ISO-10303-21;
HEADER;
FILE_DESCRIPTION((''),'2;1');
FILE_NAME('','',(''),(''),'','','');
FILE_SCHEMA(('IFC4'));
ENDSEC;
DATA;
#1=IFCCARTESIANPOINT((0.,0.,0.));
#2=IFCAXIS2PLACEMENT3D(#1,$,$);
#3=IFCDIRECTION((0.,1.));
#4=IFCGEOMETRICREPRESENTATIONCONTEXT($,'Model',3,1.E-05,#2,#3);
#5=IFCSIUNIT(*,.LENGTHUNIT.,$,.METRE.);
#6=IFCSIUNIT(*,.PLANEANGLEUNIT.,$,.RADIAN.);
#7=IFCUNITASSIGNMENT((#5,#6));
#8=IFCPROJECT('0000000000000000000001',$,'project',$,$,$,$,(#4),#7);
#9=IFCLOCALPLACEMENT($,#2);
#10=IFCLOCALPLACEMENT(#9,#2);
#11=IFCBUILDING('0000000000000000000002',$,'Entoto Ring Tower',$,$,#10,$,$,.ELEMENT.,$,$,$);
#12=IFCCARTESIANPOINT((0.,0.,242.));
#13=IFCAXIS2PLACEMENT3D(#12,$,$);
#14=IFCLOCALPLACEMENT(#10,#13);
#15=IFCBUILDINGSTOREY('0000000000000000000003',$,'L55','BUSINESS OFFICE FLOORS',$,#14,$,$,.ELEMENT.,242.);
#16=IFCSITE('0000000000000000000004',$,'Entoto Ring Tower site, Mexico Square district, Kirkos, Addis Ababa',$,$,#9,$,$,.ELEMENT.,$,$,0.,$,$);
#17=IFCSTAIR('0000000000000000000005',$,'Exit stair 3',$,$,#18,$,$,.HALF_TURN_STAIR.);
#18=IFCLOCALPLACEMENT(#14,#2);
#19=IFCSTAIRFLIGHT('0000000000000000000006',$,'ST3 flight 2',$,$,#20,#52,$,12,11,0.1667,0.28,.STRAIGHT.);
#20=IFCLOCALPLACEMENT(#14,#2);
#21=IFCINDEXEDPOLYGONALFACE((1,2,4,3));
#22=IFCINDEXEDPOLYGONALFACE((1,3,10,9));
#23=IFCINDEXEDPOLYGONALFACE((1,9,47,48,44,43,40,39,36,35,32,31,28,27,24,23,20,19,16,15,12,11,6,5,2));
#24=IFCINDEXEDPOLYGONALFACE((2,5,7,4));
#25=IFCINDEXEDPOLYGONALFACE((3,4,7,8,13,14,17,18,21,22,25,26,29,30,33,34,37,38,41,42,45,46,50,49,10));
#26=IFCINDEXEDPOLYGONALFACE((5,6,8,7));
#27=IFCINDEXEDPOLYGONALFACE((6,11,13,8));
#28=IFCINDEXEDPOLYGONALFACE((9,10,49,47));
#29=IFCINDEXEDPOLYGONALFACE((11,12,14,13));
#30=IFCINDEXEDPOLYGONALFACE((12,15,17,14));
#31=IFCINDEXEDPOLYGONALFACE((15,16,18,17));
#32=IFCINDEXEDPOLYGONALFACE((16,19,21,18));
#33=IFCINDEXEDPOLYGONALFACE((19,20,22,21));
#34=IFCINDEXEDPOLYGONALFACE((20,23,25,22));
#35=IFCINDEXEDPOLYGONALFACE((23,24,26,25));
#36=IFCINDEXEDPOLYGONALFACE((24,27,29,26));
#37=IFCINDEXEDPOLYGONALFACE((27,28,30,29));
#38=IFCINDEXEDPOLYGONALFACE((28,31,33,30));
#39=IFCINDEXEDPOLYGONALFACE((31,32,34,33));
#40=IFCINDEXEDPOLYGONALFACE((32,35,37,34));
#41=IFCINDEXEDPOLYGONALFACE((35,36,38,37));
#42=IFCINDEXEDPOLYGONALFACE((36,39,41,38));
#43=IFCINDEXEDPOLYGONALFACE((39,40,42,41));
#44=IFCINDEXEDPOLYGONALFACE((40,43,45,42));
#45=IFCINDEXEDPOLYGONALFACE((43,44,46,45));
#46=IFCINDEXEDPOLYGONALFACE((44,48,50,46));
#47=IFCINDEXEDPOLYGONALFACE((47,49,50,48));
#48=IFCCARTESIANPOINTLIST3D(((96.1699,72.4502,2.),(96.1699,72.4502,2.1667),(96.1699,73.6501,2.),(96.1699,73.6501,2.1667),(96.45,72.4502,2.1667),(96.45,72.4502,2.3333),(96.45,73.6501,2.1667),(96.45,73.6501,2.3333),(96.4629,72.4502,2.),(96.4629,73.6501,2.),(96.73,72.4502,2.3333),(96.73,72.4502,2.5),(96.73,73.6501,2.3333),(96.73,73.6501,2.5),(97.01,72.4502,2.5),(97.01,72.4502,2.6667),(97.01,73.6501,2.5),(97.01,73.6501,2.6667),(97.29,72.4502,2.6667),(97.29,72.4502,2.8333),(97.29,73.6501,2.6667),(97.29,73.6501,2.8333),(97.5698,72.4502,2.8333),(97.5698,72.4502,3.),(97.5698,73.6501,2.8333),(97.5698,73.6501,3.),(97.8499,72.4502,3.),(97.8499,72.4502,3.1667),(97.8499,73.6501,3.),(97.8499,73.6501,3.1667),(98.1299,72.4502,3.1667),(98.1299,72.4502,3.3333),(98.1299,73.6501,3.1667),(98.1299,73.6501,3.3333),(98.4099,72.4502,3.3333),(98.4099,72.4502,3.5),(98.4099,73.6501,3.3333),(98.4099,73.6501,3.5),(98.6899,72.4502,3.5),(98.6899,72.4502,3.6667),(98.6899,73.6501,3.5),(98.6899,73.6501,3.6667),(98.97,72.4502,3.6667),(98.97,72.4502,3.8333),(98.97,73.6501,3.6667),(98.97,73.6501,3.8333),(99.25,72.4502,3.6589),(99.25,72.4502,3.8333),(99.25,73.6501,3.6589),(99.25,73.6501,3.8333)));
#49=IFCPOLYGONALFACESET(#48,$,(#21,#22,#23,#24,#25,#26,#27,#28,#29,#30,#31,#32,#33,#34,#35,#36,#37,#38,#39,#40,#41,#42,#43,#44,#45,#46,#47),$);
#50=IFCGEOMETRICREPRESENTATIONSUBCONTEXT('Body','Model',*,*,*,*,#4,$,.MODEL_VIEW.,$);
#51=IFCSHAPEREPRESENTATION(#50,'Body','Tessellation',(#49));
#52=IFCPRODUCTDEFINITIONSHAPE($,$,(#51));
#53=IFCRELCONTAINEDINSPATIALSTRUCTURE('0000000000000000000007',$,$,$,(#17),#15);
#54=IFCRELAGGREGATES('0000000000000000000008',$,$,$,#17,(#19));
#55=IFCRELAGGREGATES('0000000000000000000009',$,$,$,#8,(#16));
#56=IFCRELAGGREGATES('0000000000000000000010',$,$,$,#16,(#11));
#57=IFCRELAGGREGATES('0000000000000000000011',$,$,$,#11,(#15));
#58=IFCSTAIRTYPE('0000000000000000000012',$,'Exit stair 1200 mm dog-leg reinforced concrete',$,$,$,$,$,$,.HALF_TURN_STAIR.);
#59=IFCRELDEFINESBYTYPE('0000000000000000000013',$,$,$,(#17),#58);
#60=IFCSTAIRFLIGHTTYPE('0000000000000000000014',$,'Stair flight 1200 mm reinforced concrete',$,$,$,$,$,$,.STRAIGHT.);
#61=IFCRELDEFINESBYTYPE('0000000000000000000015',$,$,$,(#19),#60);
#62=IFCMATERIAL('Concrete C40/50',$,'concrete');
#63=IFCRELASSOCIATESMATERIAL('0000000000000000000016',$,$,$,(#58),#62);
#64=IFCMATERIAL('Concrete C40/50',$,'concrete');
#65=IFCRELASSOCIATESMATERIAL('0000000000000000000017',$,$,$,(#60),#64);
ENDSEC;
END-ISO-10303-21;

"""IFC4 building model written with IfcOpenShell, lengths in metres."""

from ifc_helpers import new_model, si_unit, direction, frame, origin, place, context, subcontext, project, spatial, polyline, outline, extrude, material, type_object, element, aggregate, save


model = new_model("IFC4")

# Units and contexts
model_context = context("Model", 3, precision=1e-05, world=origin(), true_north=direction((0.0, 1.0)))
body_context = subcontext(model_context, "Body", "Model", "MODEL_VIEW")
ifc_project = project(units=[si_unit("LENGTHUNIT", "METRE"), si_unit("PLANEANGLEUNIT", "RADIAN")], contexts=[model_context])

# Site, building, storey
site_placement = place(None, origin())
site = spatial("IfcSite", under=ifc_project, at=site_placement, Name="Entoto Ring Tower site, Mexico Square district, Kirkos, Addis Ababa", CompositionType="ELEMENT", RefElevation=0.0)
building_placement = place(site_placement, origin())
building = spatial("IfcBuilding", under=site, at=building_placement, Name="Entoto Ring Tower", CompositionType="ELEMENT")
storey_placement = place(building_placement, frame((0.0, 0.0, 242.0)))
storey = spatial("IfcBuildingStorey", under=building, at=storey_placement, Name="L55", Description="BUSINESS OFFICE FLOORS", CompositionType="ELEMENT", Elevation=242.0)

# Stair, stair flight
ifc_material_1 = material(Name="Concrete C40/50", Category="concrete")
stair_type = type_object("IfcStairType", Name="Exit stair 1200 mm dog-leg reinforced concrete", PredefinedType="HALF_TURN_STAIR", material=ifc_material_1)
stair_placement = place(storey_placement, origin())
stair = element("IfcStair", 1, at=stair_placement, inside=storey, type_object=stair_type, Name="Exit stair 3", PredefinedType="HALF_TURN_STAIR")
ifc_material_2 = material(Name="Concrete C40/50", Category="concrete")
stair_flight_type = type_object("IfcStairFlightType", Name="Stair flight 1200 mm reinforced concrete", PredefinedType="STRAIGHT", material=ifc_material_2)
stair_flight_placement = place(storey_placement, frame((96.1699, 73.05, 2.0), z_axis=(0.0, 0.0, 1.0), x_axis=(1.0, 0.0, 0.0)))
stair_flight = element("IfcStairFlight", 2, at=stair_flight_placement, type_object=stair_flight_type, Name="ST3 flight 2", NumberOfRisers=12, NumberOfTreads=11, PredefinedType="STRAIGHT", RiserHeight=0.1667, TreadLength=0.28, context=body_context, shape_type="SweptSolid", body=[
    extrude(outline(polyline([(0.0, 0.0), (0.0, 0.1667), (0.28, 0.1667), (0.28, 0.3333), (0.5601, 0.3333), (0.5601, 0.5), (0.8401, 0.5), (0.8401, 0.6667), (1.1201, 0.6667), (1.1201, 0.8333), (1.3999, 0.8333), (1.3999, 1.0), (1.6799, 1.0), (1.6799, 1.1667), (1.96, 1.1667), (1.96, 1.3333), (2.24, 1.3333), (2.24, 1.5), (2.52, 1.5), (2.52, 1.6667), (2.8, 1.6667), (2.8, 1.8333), (3.0801, 1.8333), (3.0801, 2.0), (3.0801, 1.6589), (0.293, 0.0), (0.0, 0.0)])), frame((0.0, 0.6001, 0.0), z_axis=(0.0, -1.0, 0.0), x_axis=(1.0, 0.0, 0.0)), (0.0, 0.0, 1.0), 1.2),
])
aggregate(stair, [stair_flight])

save(model, "model.ifc")
